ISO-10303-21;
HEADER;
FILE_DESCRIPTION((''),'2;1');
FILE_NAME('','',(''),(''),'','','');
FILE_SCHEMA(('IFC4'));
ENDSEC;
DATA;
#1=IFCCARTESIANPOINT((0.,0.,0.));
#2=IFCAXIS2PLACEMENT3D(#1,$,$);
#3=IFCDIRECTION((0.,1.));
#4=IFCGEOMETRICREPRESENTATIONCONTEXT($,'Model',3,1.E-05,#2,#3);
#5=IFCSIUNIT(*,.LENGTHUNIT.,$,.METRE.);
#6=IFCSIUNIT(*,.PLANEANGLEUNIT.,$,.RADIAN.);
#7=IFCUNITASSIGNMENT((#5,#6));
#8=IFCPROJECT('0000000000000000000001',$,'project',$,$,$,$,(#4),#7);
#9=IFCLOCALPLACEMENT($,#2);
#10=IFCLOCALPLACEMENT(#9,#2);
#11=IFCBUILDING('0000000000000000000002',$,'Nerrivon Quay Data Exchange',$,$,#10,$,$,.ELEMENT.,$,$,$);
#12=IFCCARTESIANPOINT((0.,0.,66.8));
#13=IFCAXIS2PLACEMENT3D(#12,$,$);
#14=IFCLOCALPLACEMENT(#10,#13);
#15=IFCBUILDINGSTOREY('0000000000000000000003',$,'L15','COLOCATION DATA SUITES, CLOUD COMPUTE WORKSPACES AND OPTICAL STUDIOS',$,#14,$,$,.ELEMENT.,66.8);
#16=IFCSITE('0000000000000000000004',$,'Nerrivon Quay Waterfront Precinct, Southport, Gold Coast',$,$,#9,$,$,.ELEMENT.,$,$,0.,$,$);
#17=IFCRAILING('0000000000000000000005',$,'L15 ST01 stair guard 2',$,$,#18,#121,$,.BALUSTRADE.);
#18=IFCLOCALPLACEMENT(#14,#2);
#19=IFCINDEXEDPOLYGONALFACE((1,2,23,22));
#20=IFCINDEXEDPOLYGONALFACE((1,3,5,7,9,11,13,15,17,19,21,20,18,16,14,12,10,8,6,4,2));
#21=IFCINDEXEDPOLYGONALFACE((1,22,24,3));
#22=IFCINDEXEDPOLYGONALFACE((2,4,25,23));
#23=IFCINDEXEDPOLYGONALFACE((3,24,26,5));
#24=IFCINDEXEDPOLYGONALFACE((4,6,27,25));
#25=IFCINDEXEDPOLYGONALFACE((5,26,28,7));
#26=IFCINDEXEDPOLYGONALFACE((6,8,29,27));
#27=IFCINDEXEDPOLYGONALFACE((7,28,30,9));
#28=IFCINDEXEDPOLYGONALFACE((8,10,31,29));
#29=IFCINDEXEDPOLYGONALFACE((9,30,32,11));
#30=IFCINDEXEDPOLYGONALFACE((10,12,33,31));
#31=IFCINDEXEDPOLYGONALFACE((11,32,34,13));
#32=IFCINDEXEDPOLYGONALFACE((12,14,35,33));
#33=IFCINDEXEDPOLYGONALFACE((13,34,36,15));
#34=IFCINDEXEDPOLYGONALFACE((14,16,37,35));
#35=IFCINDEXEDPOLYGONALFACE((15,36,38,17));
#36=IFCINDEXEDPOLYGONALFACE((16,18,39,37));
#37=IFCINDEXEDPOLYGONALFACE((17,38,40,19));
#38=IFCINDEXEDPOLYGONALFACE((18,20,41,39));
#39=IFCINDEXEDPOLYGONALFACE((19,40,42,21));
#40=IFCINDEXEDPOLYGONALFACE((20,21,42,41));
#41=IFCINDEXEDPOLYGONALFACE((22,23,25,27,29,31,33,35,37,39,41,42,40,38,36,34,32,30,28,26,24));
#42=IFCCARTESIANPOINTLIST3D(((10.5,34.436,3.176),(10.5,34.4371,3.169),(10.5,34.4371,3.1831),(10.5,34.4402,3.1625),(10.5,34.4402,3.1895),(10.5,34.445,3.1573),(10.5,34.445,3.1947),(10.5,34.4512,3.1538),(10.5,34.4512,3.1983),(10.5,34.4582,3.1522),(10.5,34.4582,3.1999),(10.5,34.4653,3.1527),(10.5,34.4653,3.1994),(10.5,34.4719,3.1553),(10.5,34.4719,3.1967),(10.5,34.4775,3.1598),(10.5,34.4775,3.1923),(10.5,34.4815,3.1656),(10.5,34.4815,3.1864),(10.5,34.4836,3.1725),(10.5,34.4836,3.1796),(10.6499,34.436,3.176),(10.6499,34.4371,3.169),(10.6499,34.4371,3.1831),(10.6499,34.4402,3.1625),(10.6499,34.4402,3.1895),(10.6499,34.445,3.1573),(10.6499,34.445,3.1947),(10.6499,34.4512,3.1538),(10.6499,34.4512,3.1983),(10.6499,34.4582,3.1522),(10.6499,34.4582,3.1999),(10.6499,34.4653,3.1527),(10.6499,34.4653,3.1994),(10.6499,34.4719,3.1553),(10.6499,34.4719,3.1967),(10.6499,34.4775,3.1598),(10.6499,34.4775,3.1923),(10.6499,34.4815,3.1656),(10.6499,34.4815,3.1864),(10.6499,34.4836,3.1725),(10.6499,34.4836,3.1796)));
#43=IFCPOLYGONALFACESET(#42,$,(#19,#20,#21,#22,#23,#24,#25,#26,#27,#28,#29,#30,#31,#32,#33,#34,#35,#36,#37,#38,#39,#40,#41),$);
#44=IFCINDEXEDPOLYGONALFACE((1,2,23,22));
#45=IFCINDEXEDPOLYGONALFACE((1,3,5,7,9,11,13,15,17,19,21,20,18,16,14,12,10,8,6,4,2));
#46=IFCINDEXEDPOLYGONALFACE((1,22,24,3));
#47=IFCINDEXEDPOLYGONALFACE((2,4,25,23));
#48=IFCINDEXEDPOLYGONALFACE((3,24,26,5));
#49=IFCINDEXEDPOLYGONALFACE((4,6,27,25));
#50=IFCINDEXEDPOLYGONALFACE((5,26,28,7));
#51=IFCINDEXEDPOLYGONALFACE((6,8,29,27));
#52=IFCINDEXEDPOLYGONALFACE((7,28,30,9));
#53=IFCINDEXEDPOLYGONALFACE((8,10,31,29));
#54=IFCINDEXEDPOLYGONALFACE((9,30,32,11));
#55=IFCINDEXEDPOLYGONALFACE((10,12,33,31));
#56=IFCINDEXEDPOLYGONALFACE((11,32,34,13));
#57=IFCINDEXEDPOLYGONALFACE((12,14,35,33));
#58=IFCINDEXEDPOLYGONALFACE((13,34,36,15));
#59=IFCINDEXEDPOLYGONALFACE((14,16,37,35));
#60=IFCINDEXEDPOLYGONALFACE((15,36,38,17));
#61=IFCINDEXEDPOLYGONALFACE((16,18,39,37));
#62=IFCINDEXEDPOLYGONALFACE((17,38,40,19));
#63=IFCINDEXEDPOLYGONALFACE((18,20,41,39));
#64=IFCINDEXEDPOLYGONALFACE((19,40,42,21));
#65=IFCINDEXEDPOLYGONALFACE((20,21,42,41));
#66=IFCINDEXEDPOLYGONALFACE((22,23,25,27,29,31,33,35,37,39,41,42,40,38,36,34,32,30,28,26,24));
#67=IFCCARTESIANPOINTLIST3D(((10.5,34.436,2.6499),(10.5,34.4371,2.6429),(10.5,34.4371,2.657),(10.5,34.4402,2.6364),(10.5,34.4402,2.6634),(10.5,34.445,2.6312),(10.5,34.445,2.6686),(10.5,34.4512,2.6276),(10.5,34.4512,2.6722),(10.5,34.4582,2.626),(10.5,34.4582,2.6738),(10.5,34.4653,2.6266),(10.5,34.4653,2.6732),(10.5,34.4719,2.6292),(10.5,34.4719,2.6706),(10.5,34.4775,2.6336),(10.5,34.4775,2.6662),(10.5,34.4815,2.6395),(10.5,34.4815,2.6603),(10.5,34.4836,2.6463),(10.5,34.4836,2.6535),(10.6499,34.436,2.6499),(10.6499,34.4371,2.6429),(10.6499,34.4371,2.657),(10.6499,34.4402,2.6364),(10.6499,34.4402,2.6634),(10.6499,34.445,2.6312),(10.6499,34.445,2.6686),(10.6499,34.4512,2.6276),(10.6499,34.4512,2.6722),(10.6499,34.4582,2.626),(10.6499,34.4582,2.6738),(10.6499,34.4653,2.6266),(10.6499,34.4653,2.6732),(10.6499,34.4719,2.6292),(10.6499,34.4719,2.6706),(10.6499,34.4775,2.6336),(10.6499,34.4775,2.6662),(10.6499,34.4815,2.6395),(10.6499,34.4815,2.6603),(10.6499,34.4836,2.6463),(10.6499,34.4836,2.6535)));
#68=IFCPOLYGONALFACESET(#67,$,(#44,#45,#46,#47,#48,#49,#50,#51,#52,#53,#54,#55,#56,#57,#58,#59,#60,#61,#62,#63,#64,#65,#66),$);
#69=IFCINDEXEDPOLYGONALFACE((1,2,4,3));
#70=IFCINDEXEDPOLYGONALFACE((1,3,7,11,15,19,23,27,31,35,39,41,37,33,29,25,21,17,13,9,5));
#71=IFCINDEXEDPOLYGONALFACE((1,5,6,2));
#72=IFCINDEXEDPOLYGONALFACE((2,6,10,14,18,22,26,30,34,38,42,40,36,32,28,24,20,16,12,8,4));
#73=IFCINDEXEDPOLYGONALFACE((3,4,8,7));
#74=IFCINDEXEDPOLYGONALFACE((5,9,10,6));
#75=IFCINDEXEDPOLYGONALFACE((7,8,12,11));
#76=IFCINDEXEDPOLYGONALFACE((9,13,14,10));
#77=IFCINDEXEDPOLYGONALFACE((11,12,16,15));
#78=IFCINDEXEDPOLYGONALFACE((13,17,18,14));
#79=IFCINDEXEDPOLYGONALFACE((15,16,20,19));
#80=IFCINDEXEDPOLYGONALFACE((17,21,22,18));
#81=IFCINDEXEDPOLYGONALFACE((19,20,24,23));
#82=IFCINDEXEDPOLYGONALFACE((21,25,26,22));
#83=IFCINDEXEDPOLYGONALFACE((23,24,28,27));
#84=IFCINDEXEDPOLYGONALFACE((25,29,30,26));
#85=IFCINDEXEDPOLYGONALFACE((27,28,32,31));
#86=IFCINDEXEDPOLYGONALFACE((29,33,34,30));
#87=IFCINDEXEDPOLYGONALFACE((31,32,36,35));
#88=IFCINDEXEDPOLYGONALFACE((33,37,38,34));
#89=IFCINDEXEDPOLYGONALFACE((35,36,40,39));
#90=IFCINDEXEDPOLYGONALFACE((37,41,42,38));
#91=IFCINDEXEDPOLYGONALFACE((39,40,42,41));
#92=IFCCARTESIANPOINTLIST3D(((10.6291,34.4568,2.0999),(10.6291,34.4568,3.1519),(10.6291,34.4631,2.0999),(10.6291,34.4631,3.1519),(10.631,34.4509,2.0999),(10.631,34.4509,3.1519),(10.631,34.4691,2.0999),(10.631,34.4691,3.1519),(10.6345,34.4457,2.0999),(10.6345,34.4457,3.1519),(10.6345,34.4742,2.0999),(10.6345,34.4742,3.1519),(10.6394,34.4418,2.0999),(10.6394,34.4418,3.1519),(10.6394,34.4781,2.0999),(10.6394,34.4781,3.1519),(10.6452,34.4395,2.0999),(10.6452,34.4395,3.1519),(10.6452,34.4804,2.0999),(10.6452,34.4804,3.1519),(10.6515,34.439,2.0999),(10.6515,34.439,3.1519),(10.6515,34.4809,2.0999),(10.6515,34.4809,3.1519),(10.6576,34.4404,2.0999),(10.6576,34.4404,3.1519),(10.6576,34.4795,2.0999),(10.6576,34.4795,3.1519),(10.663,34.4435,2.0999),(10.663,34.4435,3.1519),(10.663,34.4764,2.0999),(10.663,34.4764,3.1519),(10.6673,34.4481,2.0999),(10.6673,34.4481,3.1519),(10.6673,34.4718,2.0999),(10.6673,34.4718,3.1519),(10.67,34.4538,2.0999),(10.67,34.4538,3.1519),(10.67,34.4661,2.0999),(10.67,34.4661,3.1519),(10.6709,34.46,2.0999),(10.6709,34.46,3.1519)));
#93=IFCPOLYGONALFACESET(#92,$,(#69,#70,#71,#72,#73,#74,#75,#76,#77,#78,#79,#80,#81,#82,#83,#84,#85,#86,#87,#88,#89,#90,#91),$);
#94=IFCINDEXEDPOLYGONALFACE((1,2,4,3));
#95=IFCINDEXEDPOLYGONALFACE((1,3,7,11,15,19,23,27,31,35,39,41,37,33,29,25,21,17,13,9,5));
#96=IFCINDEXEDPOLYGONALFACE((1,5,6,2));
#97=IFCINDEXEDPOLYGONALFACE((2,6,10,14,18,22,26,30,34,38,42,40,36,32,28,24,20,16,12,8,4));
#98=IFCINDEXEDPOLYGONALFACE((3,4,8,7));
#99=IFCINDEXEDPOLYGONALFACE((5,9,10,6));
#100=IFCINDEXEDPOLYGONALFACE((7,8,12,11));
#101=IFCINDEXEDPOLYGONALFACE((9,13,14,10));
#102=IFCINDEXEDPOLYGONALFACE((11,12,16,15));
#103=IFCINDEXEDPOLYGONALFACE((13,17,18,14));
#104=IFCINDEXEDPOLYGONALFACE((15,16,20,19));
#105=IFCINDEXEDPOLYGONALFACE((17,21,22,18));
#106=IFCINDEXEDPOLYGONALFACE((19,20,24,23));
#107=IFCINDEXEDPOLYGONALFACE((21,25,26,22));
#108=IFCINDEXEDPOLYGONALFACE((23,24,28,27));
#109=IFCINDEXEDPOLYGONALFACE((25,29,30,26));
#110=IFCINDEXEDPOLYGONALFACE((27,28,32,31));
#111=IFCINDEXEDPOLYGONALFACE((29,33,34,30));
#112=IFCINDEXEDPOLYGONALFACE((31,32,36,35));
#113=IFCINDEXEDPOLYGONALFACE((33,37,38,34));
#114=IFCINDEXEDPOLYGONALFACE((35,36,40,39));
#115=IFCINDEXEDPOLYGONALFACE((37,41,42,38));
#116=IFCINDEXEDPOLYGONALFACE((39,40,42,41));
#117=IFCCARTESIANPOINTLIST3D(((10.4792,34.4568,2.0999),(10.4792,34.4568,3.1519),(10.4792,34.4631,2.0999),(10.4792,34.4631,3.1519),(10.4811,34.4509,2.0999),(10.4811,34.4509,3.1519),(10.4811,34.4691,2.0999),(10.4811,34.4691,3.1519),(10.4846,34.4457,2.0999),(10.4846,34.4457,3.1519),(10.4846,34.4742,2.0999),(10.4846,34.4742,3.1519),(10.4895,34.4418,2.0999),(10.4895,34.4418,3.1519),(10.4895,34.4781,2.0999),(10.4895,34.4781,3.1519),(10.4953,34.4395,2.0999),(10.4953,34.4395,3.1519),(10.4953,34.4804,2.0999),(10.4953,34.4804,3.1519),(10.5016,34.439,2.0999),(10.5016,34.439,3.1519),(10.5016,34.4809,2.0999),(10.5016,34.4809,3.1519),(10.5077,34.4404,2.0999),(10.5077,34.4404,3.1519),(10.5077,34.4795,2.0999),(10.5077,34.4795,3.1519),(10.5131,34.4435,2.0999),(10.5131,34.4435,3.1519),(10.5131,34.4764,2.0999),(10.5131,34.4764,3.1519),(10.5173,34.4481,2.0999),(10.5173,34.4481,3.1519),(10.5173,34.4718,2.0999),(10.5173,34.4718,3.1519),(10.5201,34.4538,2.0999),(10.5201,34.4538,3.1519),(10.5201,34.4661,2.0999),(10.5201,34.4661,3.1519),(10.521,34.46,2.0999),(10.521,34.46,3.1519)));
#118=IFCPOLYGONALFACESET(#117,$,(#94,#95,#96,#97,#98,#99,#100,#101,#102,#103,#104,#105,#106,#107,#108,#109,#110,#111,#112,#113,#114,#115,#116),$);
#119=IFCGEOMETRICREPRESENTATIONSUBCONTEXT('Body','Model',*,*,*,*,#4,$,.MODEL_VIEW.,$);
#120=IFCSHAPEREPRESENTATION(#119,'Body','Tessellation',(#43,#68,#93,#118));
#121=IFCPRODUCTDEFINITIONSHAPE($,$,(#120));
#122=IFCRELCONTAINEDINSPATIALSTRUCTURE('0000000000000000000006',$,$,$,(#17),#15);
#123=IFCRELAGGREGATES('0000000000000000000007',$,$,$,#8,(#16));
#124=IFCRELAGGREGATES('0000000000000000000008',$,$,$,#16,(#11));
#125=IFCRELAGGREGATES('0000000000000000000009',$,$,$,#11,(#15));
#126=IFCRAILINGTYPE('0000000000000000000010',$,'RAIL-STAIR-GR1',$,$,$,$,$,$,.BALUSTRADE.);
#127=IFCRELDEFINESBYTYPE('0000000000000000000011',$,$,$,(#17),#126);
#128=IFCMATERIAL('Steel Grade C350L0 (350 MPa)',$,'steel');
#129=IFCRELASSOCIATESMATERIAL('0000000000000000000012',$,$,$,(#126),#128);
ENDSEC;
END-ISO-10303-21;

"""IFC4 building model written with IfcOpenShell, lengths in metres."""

from ifc_helpers import new_model, si_unit, direction, frame, origin, origin_2d, place, context, subcontext, project, spatial, circle, extrude, material, type_object, element, save


model = new_model("IFC4")

# Units and contexts
model_context = context("Model", 3, precision=1e-05, world=origin(), true_north=direction((0.0, 1.0)))
body_context = subcontext(model_context, "Body", "Model", "MODEL_VIEW")
ifc_project = project(units=[si_unit("LENGTHUNIT", "METRE"), si_unit("PLANEANGLEUNIT", "RADIAN")], contexts=[model_context])

# Site, building, storey
site_placement = place(None, origin())
site = spatial("IfcSite", under=ifc_project, at=site_placement, Name="Nerrivon Quay Waterfront Precinct, Southport, Gold Coast", CompositionType="ELEMENT", RefElevation=0.0)
building_placement = place(site_placement, origin())
building = spatial("IfcBuilding", under=site, at=building_placement, Name="Nerrivon Quay Data Exchange", CompositionType="ELEMENT")
storey_placement = place(building_placement, frame((0.0, 0.0, 66.8)))
storey = spatial("IfcBuildingStorey", under=building, at=storey_placement, Name="L15", Description="COLOCATION DATA SUITES, CLOUD COMPUTE WORKSPACES AND OPTICAL STUDIOS", CompositionType="ELEMENT", Elevation=66.8)

# Railing
ifc_material_1 = material(Name="Steel Grade C350L0 (350 MPa)", Category="steel")
railing_type_1 = type_object("IfcRailingType", Name="RAIL-STAIR-GR1", PredefinedType="BALUSTRADE", material=ifc_material_1)
railing_1_placement = place(storey_placement, frame((10.6499, 34.46, 2.0999)))
element("IfcRailing", 1, at=railing_1_placement, inside=storey, type_object=railing_type_1, Name="L15 ST01 stair guard 2", PredefinedType="BALUSTRADE", context=body_context, shape_type="SweptSolid", body=[
    extrude(circle(Radius=0.0239, at=origin_2d()), frame((0.0, 0.0, 1.0762), z_axis=(-1.0, 0.0, 0.0), x_axis=(0.0, -1.0, 0.0)), (0.0, 0.0, 1.0), 0.1499),
    extrude(circle(Radius=0.0239, at=origin_2d()), frame((0.0, 0.0, 0.55), z_axis=(-1.0, 0.0, 0.0), x_axis=(0.0, -1.0, 0.0)), (0.0, 0.0, 1.0), 0.1499),
    extrude(circle(Radius=0.021, at=origin_2d()), origin(), (0.0, 0.0, 1.0), 1.052),
    extrude(circle(Radius=0.021, at=origin_2d()), frame((-0.1499, 0.0, 0.0)), (0.0, 0.0, 1.0), 1.052),
])

save(model, "model.ifc")
